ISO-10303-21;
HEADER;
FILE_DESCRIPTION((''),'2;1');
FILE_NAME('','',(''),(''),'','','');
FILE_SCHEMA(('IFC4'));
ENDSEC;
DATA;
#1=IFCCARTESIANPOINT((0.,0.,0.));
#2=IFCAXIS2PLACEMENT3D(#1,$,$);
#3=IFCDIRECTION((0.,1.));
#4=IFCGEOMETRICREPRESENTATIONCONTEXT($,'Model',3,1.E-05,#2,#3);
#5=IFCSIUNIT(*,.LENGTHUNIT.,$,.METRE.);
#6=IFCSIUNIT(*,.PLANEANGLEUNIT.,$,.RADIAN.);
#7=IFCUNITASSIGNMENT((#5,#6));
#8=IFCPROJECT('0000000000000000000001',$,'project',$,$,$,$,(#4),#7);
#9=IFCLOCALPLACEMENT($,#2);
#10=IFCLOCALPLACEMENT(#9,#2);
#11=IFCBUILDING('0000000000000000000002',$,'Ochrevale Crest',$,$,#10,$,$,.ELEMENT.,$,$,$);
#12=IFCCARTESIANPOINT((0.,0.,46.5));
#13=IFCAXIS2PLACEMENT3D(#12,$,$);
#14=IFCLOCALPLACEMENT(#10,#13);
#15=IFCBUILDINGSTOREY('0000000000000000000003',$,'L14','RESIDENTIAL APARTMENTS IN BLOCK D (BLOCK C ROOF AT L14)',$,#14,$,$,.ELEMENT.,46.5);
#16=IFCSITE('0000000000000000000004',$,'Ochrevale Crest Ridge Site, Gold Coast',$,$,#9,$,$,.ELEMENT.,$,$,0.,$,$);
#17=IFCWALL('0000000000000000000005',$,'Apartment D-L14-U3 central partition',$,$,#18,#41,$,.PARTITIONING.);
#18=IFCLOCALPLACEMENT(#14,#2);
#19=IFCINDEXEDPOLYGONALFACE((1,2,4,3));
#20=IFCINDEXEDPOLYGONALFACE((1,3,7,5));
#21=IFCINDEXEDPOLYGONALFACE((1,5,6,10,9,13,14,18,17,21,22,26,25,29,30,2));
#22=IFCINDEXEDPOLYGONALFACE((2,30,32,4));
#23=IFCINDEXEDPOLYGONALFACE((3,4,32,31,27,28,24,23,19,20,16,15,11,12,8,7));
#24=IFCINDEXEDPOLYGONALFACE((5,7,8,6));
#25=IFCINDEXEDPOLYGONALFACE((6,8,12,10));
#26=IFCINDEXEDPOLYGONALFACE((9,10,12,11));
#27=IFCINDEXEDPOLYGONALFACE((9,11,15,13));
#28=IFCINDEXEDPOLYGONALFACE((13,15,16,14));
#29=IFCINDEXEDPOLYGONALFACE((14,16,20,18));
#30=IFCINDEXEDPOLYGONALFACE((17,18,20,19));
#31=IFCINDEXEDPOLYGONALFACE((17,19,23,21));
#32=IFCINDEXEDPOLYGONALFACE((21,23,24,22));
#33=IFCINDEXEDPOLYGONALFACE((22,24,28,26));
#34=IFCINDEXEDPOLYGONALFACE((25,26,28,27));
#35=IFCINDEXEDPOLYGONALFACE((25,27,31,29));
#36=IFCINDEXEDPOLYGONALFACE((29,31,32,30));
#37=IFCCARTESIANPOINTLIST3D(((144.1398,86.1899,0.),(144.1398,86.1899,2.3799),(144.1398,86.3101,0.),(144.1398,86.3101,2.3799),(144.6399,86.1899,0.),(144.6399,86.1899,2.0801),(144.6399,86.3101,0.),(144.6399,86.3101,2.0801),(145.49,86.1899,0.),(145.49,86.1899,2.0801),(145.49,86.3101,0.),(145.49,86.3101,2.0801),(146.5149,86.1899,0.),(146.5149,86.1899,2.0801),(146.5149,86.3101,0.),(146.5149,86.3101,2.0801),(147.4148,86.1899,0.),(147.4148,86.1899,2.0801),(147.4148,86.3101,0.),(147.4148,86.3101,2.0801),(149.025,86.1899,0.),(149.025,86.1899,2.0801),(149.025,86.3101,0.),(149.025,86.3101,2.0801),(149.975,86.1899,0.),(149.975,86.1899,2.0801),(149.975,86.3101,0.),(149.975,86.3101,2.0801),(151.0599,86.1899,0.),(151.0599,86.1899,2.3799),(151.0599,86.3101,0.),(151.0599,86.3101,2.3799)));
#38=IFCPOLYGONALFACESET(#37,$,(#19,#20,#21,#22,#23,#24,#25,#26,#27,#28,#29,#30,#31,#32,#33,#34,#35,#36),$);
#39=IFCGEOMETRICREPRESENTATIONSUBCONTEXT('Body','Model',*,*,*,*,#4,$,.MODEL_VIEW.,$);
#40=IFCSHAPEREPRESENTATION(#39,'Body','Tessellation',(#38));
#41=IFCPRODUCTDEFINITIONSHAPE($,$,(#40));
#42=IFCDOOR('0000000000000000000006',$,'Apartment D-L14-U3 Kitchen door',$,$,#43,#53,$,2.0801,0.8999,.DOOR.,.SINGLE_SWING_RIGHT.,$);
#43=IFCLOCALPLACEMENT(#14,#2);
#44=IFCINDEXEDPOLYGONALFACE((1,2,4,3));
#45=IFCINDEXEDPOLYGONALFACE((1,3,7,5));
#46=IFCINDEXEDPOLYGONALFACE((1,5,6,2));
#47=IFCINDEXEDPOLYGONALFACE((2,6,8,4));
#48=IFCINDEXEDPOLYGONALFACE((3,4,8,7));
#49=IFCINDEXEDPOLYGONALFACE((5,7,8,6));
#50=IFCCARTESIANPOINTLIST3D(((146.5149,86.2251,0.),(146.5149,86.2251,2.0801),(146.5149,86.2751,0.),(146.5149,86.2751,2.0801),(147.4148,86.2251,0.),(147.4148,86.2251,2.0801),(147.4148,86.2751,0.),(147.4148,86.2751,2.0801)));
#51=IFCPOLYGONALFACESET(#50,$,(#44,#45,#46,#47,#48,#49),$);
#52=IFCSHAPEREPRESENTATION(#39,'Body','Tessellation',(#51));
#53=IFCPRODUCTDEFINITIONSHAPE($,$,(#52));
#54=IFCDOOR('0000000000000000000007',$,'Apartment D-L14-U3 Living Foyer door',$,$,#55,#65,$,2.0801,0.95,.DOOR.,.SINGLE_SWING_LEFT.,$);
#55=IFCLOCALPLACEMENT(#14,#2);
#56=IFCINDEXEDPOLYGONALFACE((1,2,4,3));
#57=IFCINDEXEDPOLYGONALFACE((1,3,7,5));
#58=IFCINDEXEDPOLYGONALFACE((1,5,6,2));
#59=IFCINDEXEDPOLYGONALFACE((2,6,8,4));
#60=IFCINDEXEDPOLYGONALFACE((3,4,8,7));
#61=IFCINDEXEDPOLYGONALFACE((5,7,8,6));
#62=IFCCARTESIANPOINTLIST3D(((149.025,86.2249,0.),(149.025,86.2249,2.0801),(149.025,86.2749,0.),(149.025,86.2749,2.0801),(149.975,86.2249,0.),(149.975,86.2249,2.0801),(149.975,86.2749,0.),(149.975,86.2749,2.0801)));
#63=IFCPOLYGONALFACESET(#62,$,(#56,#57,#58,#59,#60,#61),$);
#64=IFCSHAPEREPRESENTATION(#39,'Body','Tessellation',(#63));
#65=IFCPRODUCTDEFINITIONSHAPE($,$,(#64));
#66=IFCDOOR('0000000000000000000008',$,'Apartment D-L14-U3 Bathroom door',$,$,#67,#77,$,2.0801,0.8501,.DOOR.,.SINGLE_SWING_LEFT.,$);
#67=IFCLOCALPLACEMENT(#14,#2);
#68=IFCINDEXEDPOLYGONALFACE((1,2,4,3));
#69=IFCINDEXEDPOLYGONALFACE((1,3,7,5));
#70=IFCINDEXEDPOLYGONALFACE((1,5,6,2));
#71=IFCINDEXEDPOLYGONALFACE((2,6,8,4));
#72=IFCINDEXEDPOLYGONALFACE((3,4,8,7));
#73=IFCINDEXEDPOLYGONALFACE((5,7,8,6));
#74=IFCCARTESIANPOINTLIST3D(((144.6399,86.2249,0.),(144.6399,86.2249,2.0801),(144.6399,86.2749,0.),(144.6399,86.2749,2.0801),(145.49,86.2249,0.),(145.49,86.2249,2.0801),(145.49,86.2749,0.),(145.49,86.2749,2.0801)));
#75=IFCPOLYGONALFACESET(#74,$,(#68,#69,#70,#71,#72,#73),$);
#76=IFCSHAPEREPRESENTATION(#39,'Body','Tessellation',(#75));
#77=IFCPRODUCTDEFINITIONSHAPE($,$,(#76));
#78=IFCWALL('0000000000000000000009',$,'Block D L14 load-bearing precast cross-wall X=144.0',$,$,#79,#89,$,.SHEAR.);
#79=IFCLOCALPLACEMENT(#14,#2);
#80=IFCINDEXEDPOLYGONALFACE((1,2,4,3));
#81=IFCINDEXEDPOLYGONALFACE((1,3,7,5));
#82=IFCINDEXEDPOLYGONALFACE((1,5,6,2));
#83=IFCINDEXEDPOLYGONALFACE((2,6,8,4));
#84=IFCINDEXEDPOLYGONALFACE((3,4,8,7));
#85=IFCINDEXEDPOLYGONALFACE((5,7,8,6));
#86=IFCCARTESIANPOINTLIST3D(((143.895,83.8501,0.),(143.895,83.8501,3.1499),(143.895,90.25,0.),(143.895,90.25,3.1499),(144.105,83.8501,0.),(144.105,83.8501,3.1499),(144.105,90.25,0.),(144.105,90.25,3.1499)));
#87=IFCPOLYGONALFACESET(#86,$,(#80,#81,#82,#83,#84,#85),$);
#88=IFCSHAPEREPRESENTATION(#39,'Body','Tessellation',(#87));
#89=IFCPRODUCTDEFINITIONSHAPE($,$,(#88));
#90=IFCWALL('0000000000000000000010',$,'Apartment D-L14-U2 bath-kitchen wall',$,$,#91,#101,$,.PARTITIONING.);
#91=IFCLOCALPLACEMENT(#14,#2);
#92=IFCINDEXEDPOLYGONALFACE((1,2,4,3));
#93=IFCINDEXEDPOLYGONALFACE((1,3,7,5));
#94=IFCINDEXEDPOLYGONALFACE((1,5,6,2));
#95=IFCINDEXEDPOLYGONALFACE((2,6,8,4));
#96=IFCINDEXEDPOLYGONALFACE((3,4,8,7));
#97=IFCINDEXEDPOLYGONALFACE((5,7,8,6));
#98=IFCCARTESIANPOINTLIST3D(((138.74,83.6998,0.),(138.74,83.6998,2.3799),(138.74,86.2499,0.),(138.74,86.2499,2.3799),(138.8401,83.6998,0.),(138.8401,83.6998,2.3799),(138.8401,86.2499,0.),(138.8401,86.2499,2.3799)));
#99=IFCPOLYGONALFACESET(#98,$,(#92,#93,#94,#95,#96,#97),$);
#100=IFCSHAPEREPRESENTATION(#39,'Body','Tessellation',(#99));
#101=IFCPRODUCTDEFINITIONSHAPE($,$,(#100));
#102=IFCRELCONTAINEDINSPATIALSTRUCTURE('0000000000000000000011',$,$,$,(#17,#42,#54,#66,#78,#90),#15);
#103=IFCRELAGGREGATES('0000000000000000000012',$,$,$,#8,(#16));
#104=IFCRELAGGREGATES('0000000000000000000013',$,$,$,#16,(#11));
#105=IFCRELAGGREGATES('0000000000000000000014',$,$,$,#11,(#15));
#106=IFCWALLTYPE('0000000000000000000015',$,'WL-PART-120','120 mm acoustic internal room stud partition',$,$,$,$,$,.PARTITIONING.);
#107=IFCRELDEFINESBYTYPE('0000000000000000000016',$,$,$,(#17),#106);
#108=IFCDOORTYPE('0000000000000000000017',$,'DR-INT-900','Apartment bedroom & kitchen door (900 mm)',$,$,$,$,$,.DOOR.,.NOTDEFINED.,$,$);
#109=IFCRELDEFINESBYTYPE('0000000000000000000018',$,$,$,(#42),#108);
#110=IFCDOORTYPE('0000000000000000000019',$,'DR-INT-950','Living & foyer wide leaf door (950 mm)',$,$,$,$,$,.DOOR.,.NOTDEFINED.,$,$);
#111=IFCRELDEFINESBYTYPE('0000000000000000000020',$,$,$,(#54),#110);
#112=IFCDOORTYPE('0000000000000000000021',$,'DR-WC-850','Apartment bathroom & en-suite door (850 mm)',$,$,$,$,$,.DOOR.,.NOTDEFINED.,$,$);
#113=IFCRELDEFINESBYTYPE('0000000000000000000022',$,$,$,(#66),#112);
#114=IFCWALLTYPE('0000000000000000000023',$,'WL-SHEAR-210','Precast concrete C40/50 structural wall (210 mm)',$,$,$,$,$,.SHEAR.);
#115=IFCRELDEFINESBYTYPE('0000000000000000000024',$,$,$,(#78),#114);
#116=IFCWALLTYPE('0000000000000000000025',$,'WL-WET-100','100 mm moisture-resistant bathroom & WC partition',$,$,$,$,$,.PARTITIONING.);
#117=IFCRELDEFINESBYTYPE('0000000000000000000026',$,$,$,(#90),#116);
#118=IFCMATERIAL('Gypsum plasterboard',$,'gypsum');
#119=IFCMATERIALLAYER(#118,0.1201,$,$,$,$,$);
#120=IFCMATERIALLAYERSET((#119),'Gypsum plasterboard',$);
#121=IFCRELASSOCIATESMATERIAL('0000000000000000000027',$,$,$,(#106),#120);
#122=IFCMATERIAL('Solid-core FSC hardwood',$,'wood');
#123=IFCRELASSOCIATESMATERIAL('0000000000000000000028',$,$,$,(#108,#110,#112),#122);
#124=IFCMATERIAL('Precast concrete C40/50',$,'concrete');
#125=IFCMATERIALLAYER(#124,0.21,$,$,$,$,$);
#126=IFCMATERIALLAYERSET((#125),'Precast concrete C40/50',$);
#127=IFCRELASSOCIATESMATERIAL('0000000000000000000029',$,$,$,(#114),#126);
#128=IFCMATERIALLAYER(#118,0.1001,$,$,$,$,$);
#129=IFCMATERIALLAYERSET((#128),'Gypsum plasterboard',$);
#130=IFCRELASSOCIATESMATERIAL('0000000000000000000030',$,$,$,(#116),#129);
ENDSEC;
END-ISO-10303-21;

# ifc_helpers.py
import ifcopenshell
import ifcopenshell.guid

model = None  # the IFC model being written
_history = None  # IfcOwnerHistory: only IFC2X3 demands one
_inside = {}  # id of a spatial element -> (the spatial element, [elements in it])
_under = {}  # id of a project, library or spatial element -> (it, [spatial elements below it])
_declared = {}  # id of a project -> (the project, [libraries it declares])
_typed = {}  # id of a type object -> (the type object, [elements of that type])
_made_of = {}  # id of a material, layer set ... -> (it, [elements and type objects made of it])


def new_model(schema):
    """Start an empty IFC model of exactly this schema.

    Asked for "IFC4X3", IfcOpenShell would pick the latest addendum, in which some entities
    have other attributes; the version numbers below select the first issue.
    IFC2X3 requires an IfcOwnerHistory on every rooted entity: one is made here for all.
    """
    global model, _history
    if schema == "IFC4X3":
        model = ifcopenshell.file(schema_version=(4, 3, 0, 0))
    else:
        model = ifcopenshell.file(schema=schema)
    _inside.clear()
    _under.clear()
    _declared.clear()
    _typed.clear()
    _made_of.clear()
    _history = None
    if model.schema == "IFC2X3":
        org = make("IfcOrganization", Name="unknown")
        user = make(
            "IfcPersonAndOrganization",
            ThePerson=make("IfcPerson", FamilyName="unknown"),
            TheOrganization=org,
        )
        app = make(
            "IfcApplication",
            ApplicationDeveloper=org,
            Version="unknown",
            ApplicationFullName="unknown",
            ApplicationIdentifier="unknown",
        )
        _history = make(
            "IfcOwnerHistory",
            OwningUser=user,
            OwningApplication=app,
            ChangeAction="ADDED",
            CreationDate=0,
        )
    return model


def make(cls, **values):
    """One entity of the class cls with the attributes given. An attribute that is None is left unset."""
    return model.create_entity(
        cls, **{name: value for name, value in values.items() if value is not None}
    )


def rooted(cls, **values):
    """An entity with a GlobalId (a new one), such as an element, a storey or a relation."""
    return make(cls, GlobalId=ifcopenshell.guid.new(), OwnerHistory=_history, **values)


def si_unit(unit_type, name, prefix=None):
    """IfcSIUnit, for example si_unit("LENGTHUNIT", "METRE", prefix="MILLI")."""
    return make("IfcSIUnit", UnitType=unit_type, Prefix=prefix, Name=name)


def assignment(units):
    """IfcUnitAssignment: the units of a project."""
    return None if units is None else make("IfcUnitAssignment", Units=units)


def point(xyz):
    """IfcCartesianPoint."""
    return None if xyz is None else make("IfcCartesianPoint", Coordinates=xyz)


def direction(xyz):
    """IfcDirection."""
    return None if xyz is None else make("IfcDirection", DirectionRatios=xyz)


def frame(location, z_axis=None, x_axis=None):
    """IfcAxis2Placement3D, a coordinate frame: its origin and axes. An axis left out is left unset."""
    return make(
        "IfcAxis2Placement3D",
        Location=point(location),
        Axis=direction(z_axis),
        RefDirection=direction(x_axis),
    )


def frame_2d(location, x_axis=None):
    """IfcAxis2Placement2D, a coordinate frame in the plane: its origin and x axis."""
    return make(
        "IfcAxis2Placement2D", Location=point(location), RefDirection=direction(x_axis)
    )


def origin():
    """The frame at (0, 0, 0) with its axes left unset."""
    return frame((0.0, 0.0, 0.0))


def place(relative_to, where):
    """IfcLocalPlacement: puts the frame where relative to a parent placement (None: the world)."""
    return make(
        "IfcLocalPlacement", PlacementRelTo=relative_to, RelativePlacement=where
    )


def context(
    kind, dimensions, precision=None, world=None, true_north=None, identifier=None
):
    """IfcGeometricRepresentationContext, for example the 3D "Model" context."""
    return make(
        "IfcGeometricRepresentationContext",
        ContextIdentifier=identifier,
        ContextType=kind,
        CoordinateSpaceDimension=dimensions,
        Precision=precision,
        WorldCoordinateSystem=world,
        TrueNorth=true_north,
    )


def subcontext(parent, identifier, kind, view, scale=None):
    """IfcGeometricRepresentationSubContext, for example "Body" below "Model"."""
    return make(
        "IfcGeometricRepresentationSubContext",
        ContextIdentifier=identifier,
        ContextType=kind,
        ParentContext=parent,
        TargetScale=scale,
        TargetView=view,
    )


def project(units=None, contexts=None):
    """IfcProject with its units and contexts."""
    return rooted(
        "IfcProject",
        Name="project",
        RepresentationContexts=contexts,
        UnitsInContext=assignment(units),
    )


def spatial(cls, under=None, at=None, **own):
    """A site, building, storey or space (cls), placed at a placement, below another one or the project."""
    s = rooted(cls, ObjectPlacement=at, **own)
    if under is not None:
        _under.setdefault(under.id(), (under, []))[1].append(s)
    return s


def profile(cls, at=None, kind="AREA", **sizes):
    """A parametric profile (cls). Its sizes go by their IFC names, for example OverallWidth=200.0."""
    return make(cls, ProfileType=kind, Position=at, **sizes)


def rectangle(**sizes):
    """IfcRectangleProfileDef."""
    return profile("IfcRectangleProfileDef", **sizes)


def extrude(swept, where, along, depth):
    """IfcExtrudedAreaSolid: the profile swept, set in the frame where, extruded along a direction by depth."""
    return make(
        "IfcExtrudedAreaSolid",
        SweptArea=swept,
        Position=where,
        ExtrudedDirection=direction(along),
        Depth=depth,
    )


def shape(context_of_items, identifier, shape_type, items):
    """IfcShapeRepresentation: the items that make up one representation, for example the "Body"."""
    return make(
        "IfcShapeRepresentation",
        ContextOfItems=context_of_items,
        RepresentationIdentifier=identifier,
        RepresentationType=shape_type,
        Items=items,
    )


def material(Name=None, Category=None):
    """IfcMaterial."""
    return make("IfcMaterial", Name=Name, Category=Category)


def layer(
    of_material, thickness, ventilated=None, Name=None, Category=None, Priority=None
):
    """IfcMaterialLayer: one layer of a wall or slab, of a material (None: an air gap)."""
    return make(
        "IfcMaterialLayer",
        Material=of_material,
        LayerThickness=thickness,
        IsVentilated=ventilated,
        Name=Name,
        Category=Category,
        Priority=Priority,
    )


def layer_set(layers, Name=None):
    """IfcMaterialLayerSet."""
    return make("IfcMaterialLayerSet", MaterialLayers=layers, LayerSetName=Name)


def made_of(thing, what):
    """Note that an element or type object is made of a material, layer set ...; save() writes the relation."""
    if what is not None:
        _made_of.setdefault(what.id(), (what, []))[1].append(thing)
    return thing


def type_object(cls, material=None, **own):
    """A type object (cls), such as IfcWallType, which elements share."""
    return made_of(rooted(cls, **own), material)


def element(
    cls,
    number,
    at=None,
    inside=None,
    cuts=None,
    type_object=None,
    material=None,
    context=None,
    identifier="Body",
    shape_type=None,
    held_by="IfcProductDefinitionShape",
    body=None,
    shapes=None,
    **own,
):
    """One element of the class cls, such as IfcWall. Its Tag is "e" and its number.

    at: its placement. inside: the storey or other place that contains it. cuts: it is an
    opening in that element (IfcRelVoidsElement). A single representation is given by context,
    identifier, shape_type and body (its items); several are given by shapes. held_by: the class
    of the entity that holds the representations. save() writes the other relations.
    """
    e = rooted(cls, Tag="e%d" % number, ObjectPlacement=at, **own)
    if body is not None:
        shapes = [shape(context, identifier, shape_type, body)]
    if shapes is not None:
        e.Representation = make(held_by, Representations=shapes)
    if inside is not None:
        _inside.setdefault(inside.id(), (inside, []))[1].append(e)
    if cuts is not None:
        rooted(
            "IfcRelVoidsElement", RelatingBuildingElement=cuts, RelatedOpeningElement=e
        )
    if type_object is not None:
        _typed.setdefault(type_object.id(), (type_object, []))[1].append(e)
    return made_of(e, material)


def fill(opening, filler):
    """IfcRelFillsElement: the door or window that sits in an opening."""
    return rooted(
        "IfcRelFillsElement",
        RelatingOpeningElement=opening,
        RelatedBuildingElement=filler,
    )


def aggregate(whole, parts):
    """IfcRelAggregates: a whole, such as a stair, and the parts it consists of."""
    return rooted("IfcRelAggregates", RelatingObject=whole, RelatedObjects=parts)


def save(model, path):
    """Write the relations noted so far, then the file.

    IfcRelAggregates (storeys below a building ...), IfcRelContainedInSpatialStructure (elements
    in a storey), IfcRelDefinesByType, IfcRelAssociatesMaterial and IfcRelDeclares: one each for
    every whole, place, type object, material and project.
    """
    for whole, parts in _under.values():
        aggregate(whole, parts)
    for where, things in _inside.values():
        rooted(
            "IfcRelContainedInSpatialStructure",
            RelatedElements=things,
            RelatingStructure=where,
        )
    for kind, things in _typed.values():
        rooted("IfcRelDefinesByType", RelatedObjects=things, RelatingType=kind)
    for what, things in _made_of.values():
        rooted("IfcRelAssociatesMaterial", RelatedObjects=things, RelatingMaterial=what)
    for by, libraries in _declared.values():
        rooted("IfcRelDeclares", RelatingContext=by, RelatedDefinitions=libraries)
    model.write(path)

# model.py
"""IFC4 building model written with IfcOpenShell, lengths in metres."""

from ifc_helpers import new_model, si_unit, direction, frame, frame_2d, origin, place, context, subcontext, project, spatial, rectangle, extrude, material, layer, layer_set, type_object, element, fill, save


model = new_model("IFC4")

# Units and contexts
model_context = context("Model", 3, precision=1e-05, world=origin(), true_north=direction((0.0, 1.0)))
body_context = subcontext(model_context, "Body", "Model", "MODEL_VIEW")
ifc_project = project(units=[si_unit("LENGTHUNIT", "METRE"), si_unit("PLANEANGLEUNIT", "RADIAN")], contexts=[model_context])

# Site, building, storey
site_placement = place(None, origin())
site = spatial("IfcSite", under=ifc_project, at=site_placement, Name="Ochrevale Crest Ridge Site, Gold Coast", CompositionType="ELEMENT", RefElevation=0.0)
building_placement = place(site_placement, origin())
building = spatial("IfcBuilding", under=site, at=building_placement, Name="Ochrevale Crest", CompositionType="ELEMENT")
storey_placement = place(building_placement, frame((0.0, 0.0, 46.5)))
storey = spatial("IfcBuildingStorey", under=building, at=storey_placement, Name="L14", Description="RESIDENTIAL APARTMENTS IN BLOCK D (BLOCK C ROOF AT L14)", CompositionType="ELEMENT", Elevation=46.5)

# Shared definitions
ifc_material_1 = material(Name="Precast concrete C40/50", Category="concrete")

# Shared definitions
ifc_material_2 = material(Name="Gypsum plasterboard", Category="gypsum")
ifc_material_3 = material(Name="Solid-core FSC hardwood", Category="wood")

# Shared definitions
ifc_layer_1 = layer(ifc_material_2, 0.1201)
ifc_layer_set_1 = layer_set([ifc_layer_1], Name="Gypsum plasterboard")
wall_type_1 = type_object("IfcWallType", Name="WL-PART-120", Description="120 mm acoustic internal room stud partition", PredefinedType="PARTITIONING", material=ifc_layer_set_1)

# Shared definitions
door_type_1 = type_object("IfcDoorType", Name="DR-INT-900", Description="Apartment bedroom & kitchen door (900 mm)", OperationType="NOTDEFINED", PredefinedType="DOOR", material=ifc_material_3)

# Wall, openings, doors
wall_1_placement = place(storey_placement, frame((144.1399, 86.25, 0.0), z_axis=(0.0, 0.0, 1.0), x_axis=(1.0, 0.0, 0.0)))
wall_1 = element("IfcWall", 1, at=wall_1_placement, inside=storey, type_object=wall_type_1, Name="Apartment D-L14-U3 central partition", PredefinedType="PARTITIONING", context=body_context, shape_type="SweptSolid", body=[
    extrude(rectangle(XDim=6.9202, YDim=0.1201, at=frame_2d((3.46, 0.0))), origin(), (0.0, 0.0, 1.0), 2.3799),
])
opening_1_placement = place(wall_1_placement, frame((0.5, 0.0, 0.0)))
opening_1 = element("IfcOpeningElement", 2, at=opening_1_placement, cuts=wall_1, PredefinedType="OPENING", context=body_context, shape_type="SweptSolid", body=[
    extrude(rectangle(XDim=0.8501, YDim=2.0801, at=frame_2d((0.425, 1.04))), frame((0.0, 0.0701, 0.0), z_axis=(0.0, -1.0, 0.0), x_axis=(1.0, 0.0, 0.0)), (0.0, 0.0, 1.0), 0.1401),
])
opening_2_placement = place(wall_1_placement, frame((3.2749, 0.0, 0.0), z_axis=(0.0, 0.0, 1.0), x_axis=(-1.0, 0.0, 0.0)))
opening_2 = element("IfcOpeningElement", 3, at=opening_2_placement, cuts=wall_1, PredefinedType="OPENING", context=body_context, shape_type="SweptSolid", body=[
    extrude(rectangle(XDim=0.8999, YDim=2.0801, at=frame_2d((0.45, 1.04))), frame((0.0, 0.0701, 0.0), z_axis=(0.0, -1.0, 0.0), x_axis=(1.0, 0.0, 0.0)), (0.0, 0.0, 1.0), 0.1401),
])
opening_3_placement = place(wall_1_placement, frame((4.885, 0.0, 0.0)))
opening_3 = element("IfcOpeningElement", 4, at=opening_3_placement, cuts=wall_1, PredefinedType="OPENING", context=body_context, shape_type="SweptSolid", body=[
    extrude(rectangle(XDim=0.95, YDim=2.0801, at=frame_2d((0.4751, 1.04))), frame((0.0, 0.0701, 0.0), z_axis=(0.0, -1.0, 0.0), x_axis=(1.0, 0.0, 0.0)), (0.0, 0.0, 1.0), 0.1401),
])
door_1_placement = place(opening_2_placement, origin())
door_1 = element("IfcDoor", 5, at=door_1_placement, inside=storey, type_object=door_type_1, Name="Apartment D-L14-U3 Kitchen door", OperationType="SINGLE_SWING_RIGHT", OverallHeight=2.0801, OverallWidth=0.8999, PredefinedType="DOOR", context=body_context, shape_type="SweptSolid", body=[
    extrude(rectangle(XDim=0.8999, YDim=2.0801, at=frame_2d((0.45, 1.04))), frame((0.0, 0.0249, 0.0), z_axis=(0.0, -1.0, 0.0), x_axis=(1.0, 0.0, 0.0)), (0.0, 0.0, 1.0), 0.05),
])
fill(opening_2, door_1)
door_type_2 = type_object("IfcDoorType", Name="DR-INT-950", Description="Living & foyer wide leaf door (950 mm)", OperationType="NOTDEFINED", PredefinedType="DOOR", material=ifc_material_3)
door_2_placement = place(opening_3_placement, origin())
door_2 = element("IfcDoor", 6, at=door_2_placement, inside=storey, type_object=door_type_2, Name="Apartment D-L14-U3 Living Foyer door", OperationType="SINGLE_SWING_LEFT", OverallHeight=2.0801, OverallWidth=0.95, PredefinedType="DOOR", context=body_context, shape_type="SweptSolid", body=[
    extrude(rectangle(XDim=0.95, YDim=2.0801, at=frame_2d((0.4751, 1.04))), frame((0.0, 0.0249, 0.0), z_axis=(0.0, -1.0, 0.0), x_axis=(1.0, 0.0, 0.0)), (0.0, 0.0, 1.0), 0.05),
])
fill(opening_3, door_2)
door_type_3 = type_object("IfcDoorType", Name="DR-WC-850", Description="Apartment bathroom & en-suite door (850 mm)", OperationType="NOTDEFINED", PredefinedType="DOOR", material=ifc_material_3)
door_3_placement = place(opening_1_placement, origin())
door_3 = element("IfcDoor", 7, at=door_3_placement, inside=storey, type_object=door_type_3, Name="Apartment D-L14-U3 Bathroom door", OperationType="SINGLE_SWING_LEFT", OverallHeight=2.0801, OverallWidth=0.8501, PredefinedType="DOOR", context=body_context, shape_type="SweptSolid", body=[
    extrude(rectangle(XDim=0.8501, YDim=2.0801, at=frame_2d((0.425, 1.04))), frame((0.0, 0.0249, 0.0), z_axis=(0.0, -1.0, 0.0), x_axis=(1.0, 0.0, 0.0)), (0.0, 0.0, 1.0), 0.05),
])
fill(opening_1, door_3)

# Walls
ifc_layer_2 = layer(ifc_material_1, 0.21)
ifc_layer_set_2 = layer_set([ifc_layer_2], Name="Precast concrete C40/50")
wall_type_2 = type_object("IfcWallType", Name="WL-SHEAR-210", Description="Precast concrete C40/50 structural wall (210 mm)", PredefinedType="SHEAR", material=ifc_layer_set_2)
wall_2_placement = place(storey_placement, frame((144.0, 83.8501, 0.0), z_axis=(0.0, 0.0, 1.0), x_axis=(0.0, 1.0, 0.0)))
element("IfcWall", 8, at=wall_2_placement, inside=storey, type_object=wall_type_2, Name="Block D L14 load-bearing precast cross-wall X=144.0", PredefinedType="SHEAR", context=body_context, shape_type="SweptSolid", body=[
    extrude(rectangle(XDim=6.3999, YDim=0.21, at=frame_2d((3.2, 0.0))), origin(), (0.0, 0.0, 1.0), 3.1499),
])
ifc_layer_3 = layer(ifc_material_2, 0.1001)
ifc_layer_set_3 = layer_set([ifc_layer_3], Name="Gypsum plasterboard")
wall_type_3 = type_object("IfcWallType", Name="WL-WET-100", Description="100 mm moisture-resistant bathroom & WC partition", PredefinedType="PARTITIONING", material=ifc_layer_set_3)
wall_3_placement = place(storey_placement, frame((138.79, 83.7, 0.0), z_axis=(0.0, 0.0, 1.0), x_axis=(0.0, 1.0, 0.0)))
element("IfcWall", 9, at=wall_3_placement, inside=storey, type_object=wall_type_3, Name="Apartment D-L14-U2 bath-kitchen wall", PredefinedType="PARTITIONING", context=body_context, shape_type="SweptSolid", body=[
    extrude(rectangle(XDim=2.55, YDim=0.1001, at=frame_2d((1.2749, 0.0))), origin(), (0.0, 0.0, 1.0), 2.3799),
])

save(model, "model.ifc")
